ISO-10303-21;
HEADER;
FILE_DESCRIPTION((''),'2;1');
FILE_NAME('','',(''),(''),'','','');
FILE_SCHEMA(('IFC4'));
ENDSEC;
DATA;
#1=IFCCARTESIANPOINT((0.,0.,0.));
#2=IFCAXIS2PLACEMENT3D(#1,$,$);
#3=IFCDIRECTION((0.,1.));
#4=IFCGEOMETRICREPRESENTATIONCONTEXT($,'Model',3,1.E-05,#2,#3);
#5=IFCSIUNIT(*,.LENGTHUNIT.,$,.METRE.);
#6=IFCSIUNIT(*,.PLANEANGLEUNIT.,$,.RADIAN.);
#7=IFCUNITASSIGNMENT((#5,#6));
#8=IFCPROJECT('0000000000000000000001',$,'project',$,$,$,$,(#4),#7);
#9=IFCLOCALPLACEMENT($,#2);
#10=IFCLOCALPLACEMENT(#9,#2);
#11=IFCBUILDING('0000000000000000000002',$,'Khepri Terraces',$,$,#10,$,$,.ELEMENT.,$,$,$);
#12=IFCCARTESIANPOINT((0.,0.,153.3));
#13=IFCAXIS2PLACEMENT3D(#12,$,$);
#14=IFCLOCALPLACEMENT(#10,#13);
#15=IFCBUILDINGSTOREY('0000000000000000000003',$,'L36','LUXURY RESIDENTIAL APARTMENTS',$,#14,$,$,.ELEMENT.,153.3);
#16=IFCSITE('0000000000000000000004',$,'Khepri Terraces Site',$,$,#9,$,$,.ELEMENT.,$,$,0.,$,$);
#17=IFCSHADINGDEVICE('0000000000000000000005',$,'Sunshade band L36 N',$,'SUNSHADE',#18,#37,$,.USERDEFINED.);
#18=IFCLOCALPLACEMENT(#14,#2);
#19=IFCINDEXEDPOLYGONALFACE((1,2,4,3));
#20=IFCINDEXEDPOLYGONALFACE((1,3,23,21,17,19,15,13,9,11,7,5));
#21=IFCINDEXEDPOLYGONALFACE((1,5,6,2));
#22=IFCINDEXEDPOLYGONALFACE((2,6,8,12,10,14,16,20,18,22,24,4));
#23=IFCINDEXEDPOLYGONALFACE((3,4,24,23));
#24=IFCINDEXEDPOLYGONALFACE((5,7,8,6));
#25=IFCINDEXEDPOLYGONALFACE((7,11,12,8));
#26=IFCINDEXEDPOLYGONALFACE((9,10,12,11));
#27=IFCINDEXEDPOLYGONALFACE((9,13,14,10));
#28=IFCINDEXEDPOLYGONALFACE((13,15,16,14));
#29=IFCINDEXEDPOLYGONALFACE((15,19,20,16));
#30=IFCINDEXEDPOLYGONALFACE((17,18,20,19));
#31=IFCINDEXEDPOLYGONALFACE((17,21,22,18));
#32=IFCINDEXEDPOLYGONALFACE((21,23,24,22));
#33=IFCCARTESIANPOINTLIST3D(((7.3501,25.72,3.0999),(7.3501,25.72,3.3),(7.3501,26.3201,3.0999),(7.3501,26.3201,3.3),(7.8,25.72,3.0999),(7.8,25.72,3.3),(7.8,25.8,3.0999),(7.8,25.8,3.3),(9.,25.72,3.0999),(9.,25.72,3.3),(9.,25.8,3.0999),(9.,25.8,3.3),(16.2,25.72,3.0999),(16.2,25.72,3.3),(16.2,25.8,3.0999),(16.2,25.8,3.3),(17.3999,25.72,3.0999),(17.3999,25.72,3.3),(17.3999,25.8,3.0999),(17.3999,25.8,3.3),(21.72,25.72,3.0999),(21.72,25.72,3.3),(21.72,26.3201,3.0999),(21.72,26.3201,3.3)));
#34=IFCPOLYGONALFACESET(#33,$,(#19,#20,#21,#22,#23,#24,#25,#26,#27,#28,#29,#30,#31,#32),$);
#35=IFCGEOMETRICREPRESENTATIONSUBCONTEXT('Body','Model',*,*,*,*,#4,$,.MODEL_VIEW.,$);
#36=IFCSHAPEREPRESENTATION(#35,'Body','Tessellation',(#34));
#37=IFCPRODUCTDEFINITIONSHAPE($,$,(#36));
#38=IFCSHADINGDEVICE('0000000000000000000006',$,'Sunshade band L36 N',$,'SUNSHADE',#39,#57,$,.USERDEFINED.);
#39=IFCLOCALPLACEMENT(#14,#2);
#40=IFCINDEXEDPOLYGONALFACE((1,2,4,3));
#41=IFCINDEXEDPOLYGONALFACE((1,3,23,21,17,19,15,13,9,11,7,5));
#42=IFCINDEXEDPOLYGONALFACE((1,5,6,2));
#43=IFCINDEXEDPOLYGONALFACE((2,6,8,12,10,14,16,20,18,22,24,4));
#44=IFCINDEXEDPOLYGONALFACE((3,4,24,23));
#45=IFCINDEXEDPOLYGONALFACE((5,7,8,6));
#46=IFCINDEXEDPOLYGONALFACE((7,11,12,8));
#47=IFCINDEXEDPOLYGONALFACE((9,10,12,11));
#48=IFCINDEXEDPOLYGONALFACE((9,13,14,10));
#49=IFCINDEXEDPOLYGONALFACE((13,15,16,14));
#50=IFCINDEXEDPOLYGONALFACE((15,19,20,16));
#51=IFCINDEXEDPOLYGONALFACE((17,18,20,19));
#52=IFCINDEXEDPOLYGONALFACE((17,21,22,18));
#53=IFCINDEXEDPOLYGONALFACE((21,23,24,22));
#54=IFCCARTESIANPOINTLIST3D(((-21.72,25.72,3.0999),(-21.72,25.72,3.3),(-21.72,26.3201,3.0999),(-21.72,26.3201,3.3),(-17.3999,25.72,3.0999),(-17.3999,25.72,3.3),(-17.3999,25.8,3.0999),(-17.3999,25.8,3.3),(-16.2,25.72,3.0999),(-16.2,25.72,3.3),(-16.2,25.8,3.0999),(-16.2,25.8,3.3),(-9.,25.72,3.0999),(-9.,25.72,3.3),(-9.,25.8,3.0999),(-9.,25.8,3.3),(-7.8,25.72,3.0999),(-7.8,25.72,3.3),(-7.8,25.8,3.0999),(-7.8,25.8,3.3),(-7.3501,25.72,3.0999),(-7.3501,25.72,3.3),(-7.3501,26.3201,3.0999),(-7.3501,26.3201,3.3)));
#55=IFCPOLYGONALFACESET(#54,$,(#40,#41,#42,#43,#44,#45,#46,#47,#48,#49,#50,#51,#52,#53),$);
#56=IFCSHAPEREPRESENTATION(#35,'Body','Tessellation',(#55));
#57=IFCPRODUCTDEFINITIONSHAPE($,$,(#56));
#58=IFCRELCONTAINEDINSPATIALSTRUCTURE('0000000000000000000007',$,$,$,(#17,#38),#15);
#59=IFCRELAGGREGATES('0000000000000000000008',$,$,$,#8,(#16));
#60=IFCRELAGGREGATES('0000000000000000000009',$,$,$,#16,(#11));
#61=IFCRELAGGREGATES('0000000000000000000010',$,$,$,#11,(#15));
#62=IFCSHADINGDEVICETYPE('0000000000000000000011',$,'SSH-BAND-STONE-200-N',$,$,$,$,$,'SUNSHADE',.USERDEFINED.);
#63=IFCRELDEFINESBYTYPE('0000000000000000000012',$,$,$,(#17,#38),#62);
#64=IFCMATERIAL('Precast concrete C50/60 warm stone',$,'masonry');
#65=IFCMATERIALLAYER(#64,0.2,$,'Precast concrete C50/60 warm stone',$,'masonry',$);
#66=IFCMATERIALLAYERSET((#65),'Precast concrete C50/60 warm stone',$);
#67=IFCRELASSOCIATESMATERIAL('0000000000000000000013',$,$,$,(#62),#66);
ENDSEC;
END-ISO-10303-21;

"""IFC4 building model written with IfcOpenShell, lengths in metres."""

from ifc_helpers import new_model, si_unit, direction, frame, origin, place, context, subcontext, project, spatial, polyline, outline, extrude, material, layer, layer_set, type_object, element, save


model = new_model("IFC4")

# Units and contexts
model_context = context("Model", 3, precision=1e-05, world=origin(), true_north=direction((0.0, 1.0)))
body_context = subcontext(model_context, "Body", "Model", "MODEL_VIEW")
ifc_project = project(units=[si_unit("LENGTHUNIT", "METRE"), si_unit("PLANEANGLEUNIT", "RADIAN")], contexts=[model_context])

# Site, building, storey
site_placement = place(None, origin())
site = spatial("IfcSite", under=ifc_project, at=site_placement, Name="Khepri Terraces Site", CompositionType="ELEMENT", RefElevation=0.0)
building_placement = place(site_placement, origin())
building = spatial("IfcBuilding", under=site, at=building_placement, Name="Khepri Terraces", CompositionType="ELEMENT")
storey_placement = place(building_placement, frame((0.0, 0.0, 153.3)))
storey = spatial("IfcBuildingStorey", under=building, at=storey_placement, Name="L36", Description="LUXURY RESIDENTIAL APARTMENTS", CompositionType="ELEMENT", Elevation=153.3)

# Shading devices
ifc_material_1 = material(Name="Precast concrete C50/60 warm stone", Category="masonry")
ifc_layer_1 = layer(ifc_material_1, 0.2, Name="Precast concrete C50/60 warm stone", Category="masonry")
ifc_layer_set_1 = layer_set([ifc_layer_1], Name="Precast concrete C50/60 warm stone")
shading_device_type_1 = type_object("IfcShadingDeviceType", Name="SSH-BAND-STONE-200-N", ElementType="SUNSHADE", PredefinedType="USERDEFINED", material=ifc_layer_set_1)
shading_device_1_placement = place(storey_placement, frame((0.0, 0.0, 3.0999)))
element("IfcShadingDevice", 1, at=shading_device_1_placement, inside=storey, type_object=shading_device_type_1, Name="Sunshade band L36 N", ObjectType="SUNSHADE", PredefinedType="USERDEFINED", context=body_context, shape_type="SweptSolid", body=[
    extrude(outline(polyline([(17.3999, 25.72), (21.72, 25.72), (21.72, 26.3201), (7.3501, 26.3201), (7.3501, 25.72), (7.8, 25.72), (7.8, 25.8), (9.0, 25.8), (9.0, 25.72), (16.2, 25.72), (16.2, 25.8), (17.3999, 25.8), (17.3999, 25.72)])), origin(), (0.0, 0.0, 1.0), 0.2002),
])
shading_device_2_placement = place(storey_placement, frame((0.0, 0.0, 3.0999)))
element("IfcShadingDevice", 2, at=shading_device_2_placement, inside=storey, type_object=shading_device_type_1, Name="Sunshade band L36 N", ObjectType="SUNSHADE", PredefinedType="USERDEFINED", context=body_context, shape_type="SweptSolid", body=[
    extrude(outline(polyline([(-7.8, 25.72), (-7.3501, 25.72), (-7.3501, 26.3201), (-21.72, 26.3201), (-21.72, 25.72), (-17.3999, 25.72), (-17.3999, 25.8), (-16.2, 25.8), (-16.2, 25.72), (-9.0, 25.72), (-9.0, 25.8), (-7.8, 25.8), (-7.8, 25.72)])), origin(), (0.0, 0.0, 1.0), 0.2002),
])

save(model, "model.ifc")
